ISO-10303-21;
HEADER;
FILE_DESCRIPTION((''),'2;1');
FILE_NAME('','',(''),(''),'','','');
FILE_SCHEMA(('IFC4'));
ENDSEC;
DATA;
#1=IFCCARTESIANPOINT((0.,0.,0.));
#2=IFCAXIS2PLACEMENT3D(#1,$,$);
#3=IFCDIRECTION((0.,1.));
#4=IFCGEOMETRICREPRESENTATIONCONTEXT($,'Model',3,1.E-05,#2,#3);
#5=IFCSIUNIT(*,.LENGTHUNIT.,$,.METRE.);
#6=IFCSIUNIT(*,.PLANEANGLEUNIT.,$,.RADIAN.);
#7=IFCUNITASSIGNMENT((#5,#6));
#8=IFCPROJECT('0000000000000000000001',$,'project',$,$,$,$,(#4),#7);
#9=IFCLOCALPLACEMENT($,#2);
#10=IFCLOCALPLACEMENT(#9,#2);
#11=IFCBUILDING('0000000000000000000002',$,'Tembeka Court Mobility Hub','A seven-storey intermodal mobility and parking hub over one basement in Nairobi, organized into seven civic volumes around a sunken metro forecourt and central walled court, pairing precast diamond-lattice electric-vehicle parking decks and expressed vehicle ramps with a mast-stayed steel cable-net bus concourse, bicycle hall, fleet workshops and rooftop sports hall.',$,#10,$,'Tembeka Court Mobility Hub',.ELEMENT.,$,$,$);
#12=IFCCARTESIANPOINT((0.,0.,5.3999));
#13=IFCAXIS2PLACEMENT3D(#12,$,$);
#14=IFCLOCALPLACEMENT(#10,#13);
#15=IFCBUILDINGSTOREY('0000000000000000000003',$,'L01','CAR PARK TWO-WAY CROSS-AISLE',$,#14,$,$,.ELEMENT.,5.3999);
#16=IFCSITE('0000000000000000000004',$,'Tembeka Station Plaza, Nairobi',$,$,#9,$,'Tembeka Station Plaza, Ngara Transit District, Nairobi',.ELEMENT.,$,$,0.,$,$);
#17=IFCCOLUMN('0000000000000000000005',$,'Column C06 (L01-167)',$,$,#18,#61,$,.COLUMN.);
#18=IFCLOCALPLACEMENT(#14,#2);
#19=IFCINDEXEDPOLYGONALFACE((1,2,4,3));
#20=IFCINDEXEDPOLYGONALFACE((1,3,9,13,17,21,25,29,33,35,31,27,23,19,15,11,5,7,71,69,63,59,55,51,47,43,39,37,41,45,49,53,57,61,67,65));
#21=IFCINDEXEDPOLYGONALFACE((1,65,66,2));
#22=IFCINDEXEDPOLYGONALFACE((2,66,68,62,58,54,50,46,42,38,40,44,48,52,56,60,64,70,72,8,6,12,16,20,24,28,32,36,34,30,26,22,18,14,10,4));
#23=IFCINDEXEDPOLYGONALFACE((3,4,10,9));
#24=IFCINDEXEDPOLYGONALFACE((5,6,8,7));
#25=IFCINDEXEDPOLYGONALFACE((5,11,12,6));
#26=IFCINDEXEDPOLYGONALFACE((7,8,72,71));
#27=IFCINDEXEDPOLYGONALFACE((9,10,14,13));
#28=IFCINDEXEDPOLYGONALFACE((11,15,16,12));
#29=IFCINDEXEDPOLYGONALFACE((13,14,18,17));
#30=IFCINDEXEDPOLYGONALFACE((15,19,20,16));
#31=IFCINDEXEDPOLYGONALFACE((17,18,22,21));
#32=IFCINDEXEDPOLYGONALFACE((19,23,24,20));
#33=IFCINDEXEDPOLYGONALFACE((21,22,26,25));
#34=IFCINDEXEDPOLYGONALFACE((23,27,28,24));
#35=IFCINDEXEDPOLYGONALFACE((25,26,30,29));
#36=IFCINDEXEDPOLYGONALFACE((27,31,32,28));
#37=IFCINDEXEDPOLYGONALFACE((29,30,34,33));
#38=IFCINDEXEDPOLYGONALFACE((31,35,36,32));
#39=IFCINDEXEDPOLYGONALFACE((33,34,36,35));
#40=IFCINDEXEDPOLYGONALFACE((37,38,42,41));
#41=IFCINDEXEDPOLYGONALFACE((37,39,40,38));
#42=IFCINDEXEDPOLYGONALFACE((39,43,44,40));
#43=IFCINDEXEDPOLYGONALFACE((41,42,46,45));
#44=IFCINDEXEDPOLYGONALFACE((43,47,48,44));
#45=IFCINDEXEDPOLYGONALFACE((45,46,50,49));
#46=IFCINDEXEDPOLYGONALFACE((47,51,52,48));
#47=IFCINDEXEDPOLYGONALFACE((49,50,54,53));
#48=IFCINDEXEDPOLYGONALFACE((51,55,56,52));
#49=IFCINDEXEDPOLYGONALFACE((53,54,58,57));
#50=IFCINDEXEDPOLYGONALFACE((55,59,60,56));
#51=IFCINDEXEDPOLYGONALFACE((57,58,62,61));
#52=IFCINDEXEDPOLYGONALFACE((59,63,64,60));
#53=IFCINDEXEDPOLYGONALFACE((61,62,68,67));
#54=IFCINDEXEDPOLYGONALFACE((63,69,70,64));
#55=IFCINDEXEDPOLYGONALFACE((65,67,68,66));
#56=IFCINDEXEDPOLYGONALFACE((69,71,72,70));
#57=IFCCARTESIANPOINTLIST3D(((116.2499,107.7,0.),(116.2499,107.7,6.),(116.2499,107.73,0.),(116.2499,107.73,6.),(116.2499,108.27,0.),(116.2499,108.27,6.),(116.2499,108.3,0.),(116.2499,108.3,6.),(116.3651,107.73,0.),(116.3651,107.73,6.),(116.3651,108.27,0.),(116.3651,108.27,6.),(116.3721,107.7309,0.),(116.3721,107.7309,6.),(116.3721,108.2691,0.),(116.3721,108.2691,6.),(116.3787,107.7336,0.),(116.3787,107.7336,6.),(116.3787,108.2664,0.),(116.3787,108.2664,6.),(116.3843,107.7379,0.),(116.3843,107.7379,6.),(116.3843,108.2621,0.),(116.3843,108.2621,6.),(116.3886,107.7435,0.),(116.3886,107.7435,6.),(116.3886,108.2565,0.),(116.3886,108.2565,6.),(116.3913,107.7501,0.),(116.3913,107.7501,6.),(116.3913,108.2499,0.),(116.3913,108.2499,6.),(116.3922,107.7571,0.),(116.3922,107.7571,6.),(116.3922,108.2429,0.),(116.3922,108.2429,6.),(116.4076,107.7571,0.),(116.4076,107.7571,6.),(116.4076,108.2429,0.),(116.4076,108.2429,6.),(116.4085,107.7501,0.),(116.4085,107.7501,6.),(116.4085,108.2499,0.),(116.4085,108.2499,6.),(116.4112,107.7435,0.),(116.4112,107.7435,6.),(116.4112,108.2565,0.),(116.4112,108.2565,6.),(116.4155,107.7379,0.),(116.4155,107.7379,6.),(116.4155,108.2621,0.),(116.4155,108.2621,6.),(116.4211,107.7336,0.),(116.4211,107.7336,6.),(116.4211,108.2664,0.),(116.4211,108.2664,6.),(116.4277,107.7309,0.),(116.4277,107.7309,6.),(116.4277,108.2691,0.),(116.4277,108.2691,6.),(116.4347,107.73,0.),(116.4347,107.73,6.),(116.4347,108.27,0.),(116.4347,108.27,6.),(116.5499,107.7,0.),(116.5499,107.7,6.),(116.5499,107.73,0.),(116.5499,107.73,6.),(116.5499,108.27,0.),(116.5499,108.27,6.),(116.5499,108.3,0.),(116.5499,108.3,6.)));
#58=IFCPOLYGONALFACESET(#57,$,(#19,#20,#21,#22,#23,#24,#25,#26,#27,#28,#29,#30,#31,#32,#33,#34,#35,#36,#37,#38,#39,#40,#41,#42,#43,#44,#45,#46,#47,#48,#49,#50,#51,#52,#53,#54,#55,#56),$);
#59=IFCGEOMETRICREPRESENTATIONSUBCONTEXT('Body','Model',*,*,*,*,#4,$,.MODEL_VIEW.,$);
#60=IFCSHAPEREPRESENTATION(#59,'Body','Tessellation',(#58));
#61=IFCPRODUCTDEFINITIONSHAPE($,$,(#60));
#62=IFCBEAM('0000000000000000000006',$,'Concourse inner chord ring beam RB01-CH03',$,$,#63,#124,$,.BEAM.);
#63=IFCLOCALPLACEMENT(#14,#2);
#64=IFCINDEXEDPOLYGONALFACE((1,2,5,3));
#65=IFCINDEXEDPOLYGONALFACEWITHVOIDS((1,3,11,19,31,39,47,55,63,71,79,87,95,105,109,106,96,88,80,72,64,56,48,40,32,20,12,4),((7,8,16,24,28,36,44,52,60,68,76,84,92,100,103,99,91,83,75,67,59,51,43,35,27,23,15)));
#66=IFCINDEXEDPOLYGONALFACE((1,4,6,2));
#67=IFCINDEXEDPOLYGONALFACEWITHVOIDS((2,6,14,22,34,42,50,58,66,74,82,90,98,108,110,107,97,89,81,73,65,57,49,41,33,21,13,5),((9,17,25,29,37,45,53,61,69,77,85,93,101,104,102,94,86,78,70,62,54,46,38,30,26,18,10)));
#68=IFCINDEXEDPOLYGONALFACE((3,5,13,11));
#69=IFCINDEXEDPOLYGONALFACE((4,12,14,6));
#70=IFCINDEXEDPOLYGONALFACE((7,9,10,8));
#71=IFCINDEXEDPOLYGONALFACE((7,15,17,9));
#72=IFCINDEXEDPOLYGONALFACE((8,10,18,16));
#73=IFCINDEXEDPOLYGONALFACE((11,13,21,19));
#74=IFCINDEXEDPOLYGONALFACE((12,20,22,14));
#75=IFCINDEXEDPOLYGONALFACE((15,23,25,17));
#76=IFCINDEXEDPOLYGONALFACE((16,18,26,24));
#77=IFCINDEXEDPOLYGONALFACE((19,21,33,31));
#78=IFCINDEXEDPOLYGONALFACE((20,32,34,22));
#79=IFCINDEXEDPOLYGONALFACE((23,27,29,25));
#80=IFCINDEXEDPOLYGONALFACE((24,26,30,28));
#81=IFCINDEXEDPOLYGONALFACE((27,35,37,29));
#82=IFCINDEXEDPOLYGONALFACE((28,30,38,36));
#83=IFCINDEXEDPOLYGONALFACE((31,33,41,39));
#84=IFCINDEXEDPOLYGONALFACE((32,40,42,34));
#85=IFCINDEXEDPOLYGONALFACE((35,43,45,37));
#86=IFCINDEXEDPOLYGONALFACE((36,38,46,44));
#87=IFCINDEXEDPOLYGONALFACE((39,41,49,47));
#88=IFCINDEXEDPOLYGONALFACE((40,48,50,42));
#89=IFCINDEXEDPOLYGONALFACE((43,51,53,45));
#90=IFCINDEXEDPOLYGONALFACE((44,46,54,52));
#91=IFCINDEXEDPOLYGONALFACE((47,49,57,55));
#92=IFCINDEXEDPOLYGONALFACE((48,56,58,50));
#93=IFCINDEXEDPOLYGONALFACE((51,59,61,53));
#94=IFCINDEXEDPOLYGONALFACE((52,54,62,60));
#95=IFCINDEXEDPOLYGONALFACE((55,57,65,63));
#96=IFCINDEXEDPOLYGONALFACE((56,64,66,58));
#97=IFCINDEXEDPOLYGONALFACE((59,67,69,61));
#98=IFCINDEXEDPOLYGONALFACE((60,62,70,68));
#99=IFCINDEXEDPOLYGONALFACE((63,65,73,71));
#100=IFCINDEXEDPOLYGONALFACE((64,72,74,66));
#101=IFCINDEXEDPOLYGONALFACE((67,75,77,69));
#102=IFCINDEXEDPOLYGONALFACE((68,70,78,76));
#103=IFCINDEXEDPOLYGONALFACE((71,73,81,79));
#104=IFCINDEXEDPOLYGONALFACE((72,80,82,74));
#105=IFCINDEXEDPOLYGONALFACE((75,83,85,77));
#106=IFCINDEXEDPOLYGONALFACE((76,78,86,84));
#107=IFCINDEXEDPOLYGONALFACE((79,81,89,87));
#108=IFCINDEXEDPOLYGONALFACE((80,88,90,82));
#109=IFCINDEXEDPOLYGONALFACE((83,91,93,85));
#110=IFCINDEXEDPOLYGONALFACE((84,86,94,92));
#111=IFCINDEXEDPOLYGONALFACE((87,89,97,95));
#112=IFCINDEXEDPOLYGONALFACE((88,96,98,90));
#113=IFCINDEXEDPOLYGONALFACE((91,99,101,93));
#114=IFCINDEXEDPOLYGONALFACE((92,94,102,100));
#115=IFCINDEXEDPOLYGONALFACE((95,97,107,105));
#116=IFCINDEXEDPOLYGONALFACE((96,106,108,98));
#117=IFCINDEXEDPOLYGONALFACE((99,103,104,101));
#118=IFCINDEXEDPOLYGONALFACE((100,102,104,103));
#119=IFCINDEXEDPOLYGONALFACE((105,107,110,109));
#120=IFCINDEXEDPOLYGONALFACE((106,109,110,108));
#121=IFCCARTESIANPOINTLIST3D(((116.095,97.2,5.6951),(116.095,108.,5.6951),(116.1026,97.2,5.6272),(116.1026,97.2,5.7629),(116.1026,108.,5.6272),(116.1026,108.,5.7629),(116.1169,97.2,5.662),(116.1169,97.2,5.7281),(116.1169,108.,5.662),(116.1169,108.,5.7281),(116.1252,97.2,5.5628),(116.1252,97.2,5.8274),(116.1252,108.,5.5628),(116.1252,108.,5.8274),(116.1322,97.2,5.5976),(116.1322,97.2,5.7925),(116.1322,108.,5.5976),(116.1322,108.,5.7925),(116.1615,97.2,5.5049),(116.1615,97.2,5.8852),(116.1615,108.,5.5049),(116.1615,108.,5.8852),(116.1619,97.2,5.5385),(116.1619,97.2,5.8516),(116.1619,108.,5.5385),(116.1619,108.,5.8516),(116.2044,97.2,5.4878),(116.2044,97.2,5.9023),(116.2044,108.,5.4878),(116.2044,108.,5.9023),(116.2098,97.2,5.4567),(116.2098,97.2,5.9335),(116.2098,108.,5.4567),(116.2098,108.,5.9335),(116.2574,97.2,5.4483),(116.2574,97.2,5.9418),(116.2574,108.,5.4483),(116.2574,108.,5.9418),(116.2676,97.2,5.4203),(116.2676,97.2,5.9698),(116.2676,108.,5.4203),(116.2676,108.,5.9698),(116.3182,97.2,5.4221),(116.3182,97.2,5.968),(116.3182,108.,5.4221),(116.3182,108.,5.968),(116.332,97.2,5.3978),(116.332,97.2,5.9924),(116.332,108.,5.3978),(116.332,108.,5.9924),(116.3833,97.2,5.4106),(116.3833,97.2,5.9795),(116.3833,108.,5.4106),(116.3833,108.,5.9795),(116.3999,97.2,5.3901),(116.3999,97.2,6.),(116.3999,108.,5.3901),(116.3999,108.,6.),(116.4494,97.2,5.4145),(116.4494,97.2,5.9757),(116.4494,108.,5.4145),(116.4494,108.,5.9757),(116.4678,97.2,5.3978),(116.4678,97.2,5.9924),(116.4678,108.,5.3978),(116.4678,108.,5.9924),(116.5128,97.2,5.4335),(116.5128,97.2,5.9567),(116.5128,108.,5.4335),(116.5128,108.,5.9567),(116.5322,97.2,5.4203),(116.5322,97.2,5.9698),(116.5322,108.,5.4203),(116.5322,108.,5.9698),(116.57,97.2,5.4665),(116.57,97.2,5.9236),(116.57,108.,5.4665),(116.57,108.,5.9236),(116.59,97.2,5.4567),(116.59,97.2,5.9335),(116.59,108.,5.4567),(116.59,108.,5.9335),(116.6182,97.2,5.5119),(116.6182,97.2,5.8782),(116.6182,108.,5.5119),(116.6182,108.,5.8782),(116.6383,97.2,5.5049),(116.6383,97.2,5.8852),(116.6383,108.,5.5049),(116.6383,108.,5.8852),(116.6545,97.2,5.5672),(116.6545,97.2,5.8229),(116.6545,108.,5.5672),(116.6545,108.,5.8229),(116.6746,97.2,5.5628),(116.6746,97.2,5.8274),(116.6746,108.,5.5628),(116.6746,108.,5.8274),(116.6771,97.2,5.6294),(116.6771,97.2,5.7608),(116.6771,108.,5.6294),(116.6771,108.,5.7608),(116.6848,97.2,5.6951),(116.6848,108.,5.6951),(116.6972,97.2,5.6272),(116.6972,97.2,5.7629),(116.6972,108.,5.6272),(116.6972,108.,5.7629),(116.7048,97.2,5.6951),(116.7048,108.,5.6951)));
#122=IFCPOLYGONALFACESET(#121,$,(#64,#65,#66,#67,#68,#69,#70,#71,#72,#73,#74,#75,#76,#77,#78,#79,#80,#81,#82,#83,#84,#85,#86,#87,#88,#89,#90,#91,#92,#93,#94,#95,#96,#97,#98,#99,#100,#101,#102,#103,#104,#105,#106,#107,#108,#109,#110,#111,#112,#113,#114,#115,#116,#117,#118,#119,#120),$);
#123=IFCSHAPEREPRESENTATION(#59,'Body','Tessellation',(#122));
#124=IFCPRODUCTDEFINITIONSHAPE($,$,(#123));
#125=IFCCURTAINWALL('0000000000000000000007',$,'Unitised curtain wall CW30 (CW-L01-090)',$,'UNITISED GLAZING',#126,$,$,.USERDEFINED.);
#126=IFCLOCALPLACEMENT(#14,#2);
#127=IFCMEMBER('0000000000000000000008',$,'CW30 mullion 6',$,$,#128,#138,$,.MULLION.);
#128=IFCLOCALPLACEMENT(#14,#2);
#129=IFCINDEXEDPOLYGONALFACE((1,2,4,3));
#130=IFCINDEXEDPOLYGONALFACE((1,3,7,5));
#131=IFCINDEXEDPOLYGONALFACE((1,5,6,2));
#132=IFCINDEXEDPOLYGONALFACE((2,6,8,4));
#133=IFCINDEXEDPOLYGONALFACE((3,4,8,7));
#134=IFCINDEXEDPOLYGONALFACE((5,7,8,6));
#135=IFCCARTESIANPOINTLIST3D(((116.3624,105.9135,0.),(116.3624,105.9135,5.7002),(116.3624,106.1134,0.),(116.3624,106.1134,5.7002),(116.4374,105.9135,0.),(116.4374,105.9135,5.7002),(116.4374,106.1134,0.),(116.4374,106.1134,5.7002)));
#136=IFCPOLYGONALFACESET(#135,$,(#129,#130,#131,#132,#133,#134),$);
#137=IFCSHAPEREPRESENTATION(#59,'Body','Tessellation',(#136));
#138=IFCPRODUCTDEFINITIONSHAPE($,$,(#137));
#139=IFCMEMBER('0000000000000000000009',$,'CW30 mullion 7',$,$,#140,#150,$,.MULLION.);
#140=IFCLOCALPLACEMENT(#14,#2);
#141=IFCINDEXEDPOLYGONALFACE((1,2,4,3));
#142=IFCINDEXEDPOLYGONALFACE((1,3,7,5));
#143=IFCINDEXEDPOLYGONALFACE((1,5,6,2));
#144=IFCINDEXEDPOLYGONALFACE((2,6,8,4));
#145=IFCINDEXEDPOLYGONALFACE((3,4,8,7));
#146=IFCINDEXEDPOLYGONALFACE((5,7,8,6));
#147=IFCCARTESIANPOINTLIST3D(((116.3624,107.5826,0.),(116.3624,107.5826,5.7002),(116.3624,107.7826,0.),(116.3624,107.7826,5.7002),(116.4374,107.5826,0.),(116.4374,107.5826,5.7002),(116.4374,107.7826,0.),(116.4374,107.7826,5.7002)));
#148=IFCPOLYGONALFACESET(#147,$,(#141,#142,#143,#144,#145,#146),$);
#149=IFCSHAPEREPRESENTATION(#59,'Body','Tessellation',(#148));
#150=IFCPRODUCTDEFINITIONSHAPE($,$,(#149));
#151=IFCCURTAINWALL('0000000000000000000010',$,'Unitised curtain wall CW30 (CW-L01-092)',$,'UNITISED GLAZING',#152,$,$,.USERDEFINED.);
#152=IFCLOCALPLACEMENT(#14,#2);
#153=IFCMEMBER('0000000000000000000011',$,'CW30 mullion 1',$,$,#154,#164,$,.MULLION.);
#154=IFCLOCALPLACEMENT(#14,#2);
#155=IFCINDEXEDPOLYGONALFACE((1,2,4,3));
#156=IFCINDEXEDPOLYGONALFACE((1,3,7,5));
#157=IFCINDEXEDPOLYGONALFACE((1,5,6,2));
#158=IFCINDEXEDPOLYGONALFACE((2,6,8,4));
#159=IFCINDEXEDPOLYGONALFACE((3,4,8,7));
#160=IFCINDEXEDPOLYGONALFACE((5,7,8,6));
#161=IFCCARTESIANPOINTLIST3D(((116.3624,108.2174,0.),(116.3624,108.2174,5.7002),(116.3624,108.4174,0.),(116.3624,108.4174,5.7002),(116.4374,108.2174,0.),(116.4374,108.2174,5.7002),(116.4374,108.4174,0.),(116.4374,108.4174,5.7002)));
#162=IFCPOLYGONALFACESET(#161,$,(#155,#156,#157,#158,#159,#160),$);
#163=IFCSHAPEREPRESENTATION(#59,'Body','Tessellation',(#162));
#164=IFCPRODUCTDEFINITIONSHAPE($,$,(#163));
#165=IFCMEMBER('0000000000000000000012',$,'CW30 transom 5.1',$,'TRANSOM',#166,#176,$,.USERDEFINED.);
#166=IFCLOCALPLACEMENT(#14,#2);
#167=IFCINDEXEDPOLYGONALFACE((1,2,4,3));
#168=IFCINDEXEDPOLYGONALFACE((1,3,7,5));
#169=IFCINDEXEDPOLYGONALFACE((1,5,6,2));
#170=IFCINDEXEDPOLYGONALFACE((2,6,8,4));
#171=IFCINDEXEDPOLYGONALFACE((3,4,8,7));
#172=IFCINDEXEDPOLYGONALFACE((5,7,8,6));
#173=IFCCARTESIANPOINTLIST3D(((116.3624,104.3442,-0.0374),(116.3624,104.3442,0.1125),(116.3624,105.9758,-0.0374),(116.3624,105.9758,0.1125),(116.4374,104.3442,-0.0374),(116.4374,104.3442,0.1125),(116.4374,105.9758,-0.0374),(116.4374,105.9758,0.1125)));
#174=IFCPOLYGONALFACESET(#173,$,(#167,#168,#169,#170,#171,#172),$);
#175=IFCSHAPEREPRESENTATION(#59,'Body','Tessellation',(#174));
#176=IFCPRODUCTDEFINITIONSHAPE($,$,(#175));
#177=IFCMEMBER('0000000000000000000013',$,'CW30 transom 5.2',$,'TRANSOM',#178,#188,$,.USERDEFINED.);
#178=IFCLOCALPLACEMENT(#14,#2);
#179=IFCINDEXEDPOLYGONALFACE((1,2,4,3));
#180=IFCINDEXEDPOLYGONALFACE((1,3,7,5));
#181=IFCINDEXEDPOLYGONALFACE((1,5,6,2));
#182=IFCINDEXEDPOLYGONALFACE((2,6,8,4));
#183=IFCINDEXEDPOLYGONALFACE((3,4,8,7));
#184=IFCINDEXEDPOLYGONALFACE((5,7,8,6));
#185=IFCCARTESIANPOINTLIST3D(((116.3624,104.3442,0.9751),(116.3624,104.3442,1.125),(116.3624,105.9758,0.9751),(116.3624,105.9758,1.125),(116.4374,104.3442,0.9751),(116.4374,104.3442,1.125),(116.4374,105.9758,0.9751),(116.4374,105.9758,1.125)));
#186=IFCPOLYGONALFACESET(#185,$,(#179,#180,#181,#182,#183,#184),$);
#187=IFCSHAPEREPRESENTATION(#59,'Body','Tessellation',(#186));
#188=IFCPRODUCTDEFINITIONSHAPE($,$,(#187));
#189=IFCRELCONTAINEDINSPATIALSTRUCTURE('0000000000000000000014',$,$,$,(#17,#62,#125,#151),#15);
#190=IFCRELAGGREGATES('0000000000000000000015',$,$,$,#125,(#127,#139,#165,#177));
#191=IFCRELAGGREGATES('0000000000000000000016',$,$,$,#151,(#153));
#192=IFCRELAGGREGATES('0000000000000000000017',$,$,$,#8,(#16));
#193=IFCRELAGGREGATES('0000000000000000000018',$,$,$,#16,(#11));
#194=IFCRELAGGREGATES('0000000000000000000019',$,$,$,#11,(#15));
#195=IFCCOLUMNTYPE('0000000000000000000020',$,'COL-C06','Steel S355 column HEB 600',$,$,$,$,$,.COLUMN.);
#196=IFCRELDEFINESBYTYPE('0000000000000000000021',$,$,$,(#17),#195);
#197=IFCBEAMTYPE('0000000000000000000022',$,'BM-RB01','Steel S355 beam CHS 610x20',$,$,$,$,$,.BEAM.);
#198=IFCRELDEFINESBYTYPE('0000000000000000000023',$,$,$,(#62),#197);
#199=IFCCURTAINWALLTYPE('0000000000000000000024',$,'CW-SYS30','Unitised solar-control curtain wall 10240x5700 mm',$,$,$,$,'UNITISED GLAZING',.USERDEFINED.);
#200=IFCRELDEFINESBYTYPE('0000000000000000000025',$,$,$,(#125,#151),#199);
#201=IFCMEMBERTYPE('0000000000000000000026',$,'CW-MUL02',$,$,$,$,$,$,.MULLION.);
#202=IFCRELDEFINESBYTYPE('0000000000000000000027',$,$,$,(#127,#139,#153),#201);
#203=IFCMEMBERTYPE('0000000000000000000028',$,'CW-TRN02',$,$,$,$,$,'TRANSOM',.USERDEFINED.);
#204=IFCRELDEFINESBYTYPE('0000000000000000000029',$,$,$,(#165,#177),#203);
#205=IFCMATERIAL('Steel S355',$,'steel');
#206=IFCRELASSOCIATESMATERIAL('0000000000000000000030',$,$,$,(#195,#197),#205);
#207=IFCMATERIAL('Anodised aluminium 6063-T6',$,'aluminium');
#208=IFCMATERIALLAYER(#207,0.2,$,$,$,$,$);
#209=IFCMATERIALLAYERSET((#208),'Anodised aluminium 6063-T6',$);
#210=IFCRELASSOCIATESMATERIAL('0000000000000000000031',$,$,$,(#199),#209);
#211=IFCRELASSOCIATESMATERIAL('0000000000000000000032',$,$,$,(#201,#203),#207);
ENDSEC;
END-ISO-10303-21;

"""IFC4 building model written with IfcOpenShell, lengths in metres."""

from ifc_helpers import new_model, si_unit, direction, frame, origin, origin_2d, place, context, subcontext, project, spatial, rectangle, hollow_circle, i_section, extrude, material, layer, layer_set, material_profile, profile_set, type_object, element, aggregate, save


model = new_model("IFC4")

# Units and contexts
model_context = context("Model", 3, precision=1e-05, world=origin(), true_north=direction((0.0, 1.0)))
body_context = subcontext(model_context, "Body", "Model", "MODEL_VIEW")
ifc_project = project(units=[si_unit("LENGTHUNIT", "METRE"), si_unit("PLANEANGLEUNIT", "RADIAN")], contexts=[model_context])

# Site, building, storey
site_placement = place(None, origin())
site = spatial("IfcSite", under=ifc_project, at=site_placement, Name="Tembeka Station Plaza, Nairobi", LongName="Tembeka Station Plaza, Ngara Transit District, Nairobi", CompositionType="ELEMENT", RefElevation=0.0)
building_placement = place(site_placement, origin())
building = spatial("IfcBuilding", under=site, at=building_placement, Name="Tembeka Court Mobility Hub", Description="A seven-storey intermodal mobility and parking hub over one basement in Nairobi, organized into seven civic volumes around a sunken metro forecourt and central walled court, pairing precast diamond-lattice electric-vehicle parking decks and expressed vehicle ramps with a mast-stayed steel cable-net bus concourse, bicycle hall, fleet workshops and rooftop sports hall.", LongName="Tembeka Court Mobility Hub", CompositionType="ELEMENT")
storey_placement = place(building_placement, frame((0.0, 0.0, 5.3999)))
storey = spatial("IfcBuildingStorey", under=building, at=storey_placement, Name="L01", Description="CAR PARK TWO-WAY CROSS-AISLE", CompositionType="ELEMENT", Elevation=5.3999)

# Column
ifc_material_1 = material(Name="Steel S355", Category="steel")
ifc_material_profile_1 = material_profile(ifc_material_1, i_section(OverallWidth=0.3, OverallDepth=0.6001, WebThickness=0.0154, FlangeThickness=0.03, FilletRadius=0.0271, at=origin_2d()), Name="HEB 600")
ifc_profile_set_1 = profile_set([ifc_material_profile_1], Name="Steel S355")
column_type = type_object("IfcColumnType", Name="COL-C06", Description="Steel S355 column HEB 600", PredefinedType="COLUMN", material=ifc_profile_set_1)
column_placement = place(storey_placement, frame((116.3999, 108.0, 0.0), z_axis=(0.0, 0.0, 1.0), x_axis=(1.0, 0.0, 0.0)))
element("IfcColumn", 1, at=column_placement, inside=storey, type_object=column_type, Name="Column C06 (L01-167)", PredefinedType="COLUMN", context=body_context, shape_type="SweptSolid", body=[
    extrude(i_section(OverallWidth=0.3, OverallDepth=0.6001, WebThickness=0.0154, FlangeThickness=0.03, FilletRadius=0.0271, at=origin_2d()), origin(), (0.0, 0.0, 1.0), 6.0),
])

# Beam
ifc_material_profile_2 = material_profile(ifc_material_1, hollow_circle(Radius=0.3049, WallThickness=0.02, at=origin_2d()), Name="CHS 610x20")
ifc_profile_set_2 = profile_set([ifc_material_profile_2], Name="Steel S355")
beam_type = type_object("IfcBeamType", Name="BM-RB01", Description="Steel S355 beam CHS 610x20", PredefinedType="BEAM", material=ifc_profile_set_2)
beam_placement = place(storey_placement, frame((116.3999, 108.0, 5.6951), z_axis=(0.0, -1.0, 0.0), x_axis=(1.0, 0.0, 0.0)))
element("IfcBeam", 2, at=beam_placement, inside=storey, type_object=beam_type, Name="Concourse inner chord ring beam RB01-CH03", PredefinedType="BEAM", context=body_context, shape_type="SweptSolid", body=[
    extrude(hollow_circle(Radius=0.3049, WallThickness=0.02, at=origin_2d()), origin(), (0.0, 0.0, 1.0), 10.8),
])

# Curtain wall, members
ifc_material_2 = material(Name="Anodised aluminium 6063-T6", Category="aluminium")
ifc_layer_1 = layer(ifc_material_2, 0.2)
ifc_layer_set_1 = layer_set([ifc_layer_1], Name="Anodised aluminium 6063-T6")
curtain_wall_type = type_object("IfcCurtainWallType", Name="CW-SYS30", Description="Unitised solar-control curtain wall 10240x5700 mm", ElementType="UNITISED GLAZING", PredefinedType="USERDEFINED", material=ifc_layer_set_1)
curtain_wall_1_placement = place(storey_placement, origin())
curtain_wall_1 = element("IfcCurtainWall", 3, at=curtain_wall_1_placement, inside=storey, type_object=curtain_wall_type, Name="Unitised curtain wall CW30 (CW-L01-090)", ObjectType="UNITISED GLAZING", PredefinedType="USERDEFINED")
ifc_material_profile_3 = material_profile(ifc_material_2, rectangle(XDim=0.075, YDim=0.2, at=origin_2d()), Name="ALU-MUL 75x200")
ifc_profile_set_3 = profile_set([ifc_material_profile_3], Name="Anodised aluminium 6063-T6")
member_type_1 = type_object("IfcMemberType", Name="CW-MUL02", PredefinedType="MULLION", material=ifc_profile_set_3)
member_1_placement = place(storey_placement, frame((116.3999, 106.0134, 0.0), z_axis=(0.0, 0.0, 1.0), x_axis=(-1.0, 0.0, 0.0)))
member_1 = element("IfcMember", 4, at=member_1_placement, type_object=member_type_1, Name="CW30 mullion 6", PredefinedType="MULLION", context=body_context, shape_type="SweptSolid", body=[
    extrude(rectangle(XDim=0.075, YDim=0.2, at=origin_2d()), origin(), (0.0, 0.0, 1.0), 5.7002),
])
member_2_placement = place(storey_placement, frame((116.3999, 107.6826, 0.0), z_axis=(0.0, 0.0, 1.0), x_axis=(-1.0, 0.0, 0.0)))
member_2 = element("IfcMember", 5, at=member_2_placement, type_object=member_type_1, Name="CW30 mullion 7", PredefinedType="MULLION", context=body_context, shape_type="SweptSolid", body=[
    extrude(rectangle(XDim=0.075, YDim=0.2, at=origin_2d()), origin(), (0.0, 0.0, 1.0), 5.7002),
])

# Curtain wall, member
curtain_wall_2_placement = place(storey_placement, origin())
curtain_wall_2 = element("IfcCurtainWall", 6, at=curtain_wall_2_placement, inside=storey, type_object=curtain_wall_type, Name="Unitised curtain wall CW30 (CW-L01-092)", ObjectType="UNITISED GLAZING", PredefinedType="USERDEFINED")
member_3_placement = place(storey_placement, frame((116.3999, 108.3174, 0.0), z_axis=(0.0, 0.0, 1.0), x_axis=(-1.0, 0.0, 0.0)))
member_3 = element("IfcMember", 7, at=member_3_placement, type_object=member_type_1, Name="CW30 mullion 1", PredefinedType="MULLION", context=body_context, shape_type="SweptSolid", body=[
    extrude(rectangle(XDim=0.075, YDim=0.2, at=origin_2d()), origin(), (0.0, 0.0, 1.0), 5.7002),
])

# Members
ifc_material_profile_4 = material_profile(ifc_material_2, rectangle(XDim=0.075, YDim=0.1499, at=origin_2d()), Name="ALU-TRN 75x150")
ifc_profile_set_4 = profile_set([ifc_material_profile_4], Name="Anodised aluminium 6063-T6")
member_type_2 = type_object("IfcMemberType", Name="CW-TRN02", ElementType="TRANSOM", PredefinedType="USERDEFINED", material=ifc_profile_set_4)
member_4_placement = place(storey_placement, frame((116.3999, 104.3442, 0.0376), z_axis=(0.0, 1.0, 0.0), x_axis=(-1.0, 0.0, 0.0)))
member_4 = element("IfcMember", 8, at=member_4_placement, type_object=member_type_2, Name="CW30 transom 5.1", ObjectType="TRANSOM", PredefinedType="USERDEFINED", context=body_context, shape_type="SweptSolid", body=[
    extrude(rectangle(XDim=0.075, YDim=0.1499, at=origin_2d()), origin(), (0.0, 0.0, 1.0), 1.6316),
])
member_5_placement = place(storey_placement, frame((116.3999, 104.3442, 1.05), z_axis=(0.0, 1.0, 0.0), x_axis=(-1.0, 0.0, 0.0)))
member_5 = element("IfcMember", 9, at=member_5_placement, type_object=member_type_2, Name="CW30 transom 5.2", ObjectType="TRANSOM", PredefinedType="USERDEFINED", context=body_context, shape_type="SweptSolid", body=[
    extrude(rectangle(XDim=0.075, YDim=0.1499, at=origin_2d()), origin(), (0.0, 0.0, 1.0), 1.6316),
])

aggregate(curtain_wall_1, [member_1, member_2, member_4, member_5])
aggregate(curtain_wall_2, [member_3])

save(model, "model.ifc")
